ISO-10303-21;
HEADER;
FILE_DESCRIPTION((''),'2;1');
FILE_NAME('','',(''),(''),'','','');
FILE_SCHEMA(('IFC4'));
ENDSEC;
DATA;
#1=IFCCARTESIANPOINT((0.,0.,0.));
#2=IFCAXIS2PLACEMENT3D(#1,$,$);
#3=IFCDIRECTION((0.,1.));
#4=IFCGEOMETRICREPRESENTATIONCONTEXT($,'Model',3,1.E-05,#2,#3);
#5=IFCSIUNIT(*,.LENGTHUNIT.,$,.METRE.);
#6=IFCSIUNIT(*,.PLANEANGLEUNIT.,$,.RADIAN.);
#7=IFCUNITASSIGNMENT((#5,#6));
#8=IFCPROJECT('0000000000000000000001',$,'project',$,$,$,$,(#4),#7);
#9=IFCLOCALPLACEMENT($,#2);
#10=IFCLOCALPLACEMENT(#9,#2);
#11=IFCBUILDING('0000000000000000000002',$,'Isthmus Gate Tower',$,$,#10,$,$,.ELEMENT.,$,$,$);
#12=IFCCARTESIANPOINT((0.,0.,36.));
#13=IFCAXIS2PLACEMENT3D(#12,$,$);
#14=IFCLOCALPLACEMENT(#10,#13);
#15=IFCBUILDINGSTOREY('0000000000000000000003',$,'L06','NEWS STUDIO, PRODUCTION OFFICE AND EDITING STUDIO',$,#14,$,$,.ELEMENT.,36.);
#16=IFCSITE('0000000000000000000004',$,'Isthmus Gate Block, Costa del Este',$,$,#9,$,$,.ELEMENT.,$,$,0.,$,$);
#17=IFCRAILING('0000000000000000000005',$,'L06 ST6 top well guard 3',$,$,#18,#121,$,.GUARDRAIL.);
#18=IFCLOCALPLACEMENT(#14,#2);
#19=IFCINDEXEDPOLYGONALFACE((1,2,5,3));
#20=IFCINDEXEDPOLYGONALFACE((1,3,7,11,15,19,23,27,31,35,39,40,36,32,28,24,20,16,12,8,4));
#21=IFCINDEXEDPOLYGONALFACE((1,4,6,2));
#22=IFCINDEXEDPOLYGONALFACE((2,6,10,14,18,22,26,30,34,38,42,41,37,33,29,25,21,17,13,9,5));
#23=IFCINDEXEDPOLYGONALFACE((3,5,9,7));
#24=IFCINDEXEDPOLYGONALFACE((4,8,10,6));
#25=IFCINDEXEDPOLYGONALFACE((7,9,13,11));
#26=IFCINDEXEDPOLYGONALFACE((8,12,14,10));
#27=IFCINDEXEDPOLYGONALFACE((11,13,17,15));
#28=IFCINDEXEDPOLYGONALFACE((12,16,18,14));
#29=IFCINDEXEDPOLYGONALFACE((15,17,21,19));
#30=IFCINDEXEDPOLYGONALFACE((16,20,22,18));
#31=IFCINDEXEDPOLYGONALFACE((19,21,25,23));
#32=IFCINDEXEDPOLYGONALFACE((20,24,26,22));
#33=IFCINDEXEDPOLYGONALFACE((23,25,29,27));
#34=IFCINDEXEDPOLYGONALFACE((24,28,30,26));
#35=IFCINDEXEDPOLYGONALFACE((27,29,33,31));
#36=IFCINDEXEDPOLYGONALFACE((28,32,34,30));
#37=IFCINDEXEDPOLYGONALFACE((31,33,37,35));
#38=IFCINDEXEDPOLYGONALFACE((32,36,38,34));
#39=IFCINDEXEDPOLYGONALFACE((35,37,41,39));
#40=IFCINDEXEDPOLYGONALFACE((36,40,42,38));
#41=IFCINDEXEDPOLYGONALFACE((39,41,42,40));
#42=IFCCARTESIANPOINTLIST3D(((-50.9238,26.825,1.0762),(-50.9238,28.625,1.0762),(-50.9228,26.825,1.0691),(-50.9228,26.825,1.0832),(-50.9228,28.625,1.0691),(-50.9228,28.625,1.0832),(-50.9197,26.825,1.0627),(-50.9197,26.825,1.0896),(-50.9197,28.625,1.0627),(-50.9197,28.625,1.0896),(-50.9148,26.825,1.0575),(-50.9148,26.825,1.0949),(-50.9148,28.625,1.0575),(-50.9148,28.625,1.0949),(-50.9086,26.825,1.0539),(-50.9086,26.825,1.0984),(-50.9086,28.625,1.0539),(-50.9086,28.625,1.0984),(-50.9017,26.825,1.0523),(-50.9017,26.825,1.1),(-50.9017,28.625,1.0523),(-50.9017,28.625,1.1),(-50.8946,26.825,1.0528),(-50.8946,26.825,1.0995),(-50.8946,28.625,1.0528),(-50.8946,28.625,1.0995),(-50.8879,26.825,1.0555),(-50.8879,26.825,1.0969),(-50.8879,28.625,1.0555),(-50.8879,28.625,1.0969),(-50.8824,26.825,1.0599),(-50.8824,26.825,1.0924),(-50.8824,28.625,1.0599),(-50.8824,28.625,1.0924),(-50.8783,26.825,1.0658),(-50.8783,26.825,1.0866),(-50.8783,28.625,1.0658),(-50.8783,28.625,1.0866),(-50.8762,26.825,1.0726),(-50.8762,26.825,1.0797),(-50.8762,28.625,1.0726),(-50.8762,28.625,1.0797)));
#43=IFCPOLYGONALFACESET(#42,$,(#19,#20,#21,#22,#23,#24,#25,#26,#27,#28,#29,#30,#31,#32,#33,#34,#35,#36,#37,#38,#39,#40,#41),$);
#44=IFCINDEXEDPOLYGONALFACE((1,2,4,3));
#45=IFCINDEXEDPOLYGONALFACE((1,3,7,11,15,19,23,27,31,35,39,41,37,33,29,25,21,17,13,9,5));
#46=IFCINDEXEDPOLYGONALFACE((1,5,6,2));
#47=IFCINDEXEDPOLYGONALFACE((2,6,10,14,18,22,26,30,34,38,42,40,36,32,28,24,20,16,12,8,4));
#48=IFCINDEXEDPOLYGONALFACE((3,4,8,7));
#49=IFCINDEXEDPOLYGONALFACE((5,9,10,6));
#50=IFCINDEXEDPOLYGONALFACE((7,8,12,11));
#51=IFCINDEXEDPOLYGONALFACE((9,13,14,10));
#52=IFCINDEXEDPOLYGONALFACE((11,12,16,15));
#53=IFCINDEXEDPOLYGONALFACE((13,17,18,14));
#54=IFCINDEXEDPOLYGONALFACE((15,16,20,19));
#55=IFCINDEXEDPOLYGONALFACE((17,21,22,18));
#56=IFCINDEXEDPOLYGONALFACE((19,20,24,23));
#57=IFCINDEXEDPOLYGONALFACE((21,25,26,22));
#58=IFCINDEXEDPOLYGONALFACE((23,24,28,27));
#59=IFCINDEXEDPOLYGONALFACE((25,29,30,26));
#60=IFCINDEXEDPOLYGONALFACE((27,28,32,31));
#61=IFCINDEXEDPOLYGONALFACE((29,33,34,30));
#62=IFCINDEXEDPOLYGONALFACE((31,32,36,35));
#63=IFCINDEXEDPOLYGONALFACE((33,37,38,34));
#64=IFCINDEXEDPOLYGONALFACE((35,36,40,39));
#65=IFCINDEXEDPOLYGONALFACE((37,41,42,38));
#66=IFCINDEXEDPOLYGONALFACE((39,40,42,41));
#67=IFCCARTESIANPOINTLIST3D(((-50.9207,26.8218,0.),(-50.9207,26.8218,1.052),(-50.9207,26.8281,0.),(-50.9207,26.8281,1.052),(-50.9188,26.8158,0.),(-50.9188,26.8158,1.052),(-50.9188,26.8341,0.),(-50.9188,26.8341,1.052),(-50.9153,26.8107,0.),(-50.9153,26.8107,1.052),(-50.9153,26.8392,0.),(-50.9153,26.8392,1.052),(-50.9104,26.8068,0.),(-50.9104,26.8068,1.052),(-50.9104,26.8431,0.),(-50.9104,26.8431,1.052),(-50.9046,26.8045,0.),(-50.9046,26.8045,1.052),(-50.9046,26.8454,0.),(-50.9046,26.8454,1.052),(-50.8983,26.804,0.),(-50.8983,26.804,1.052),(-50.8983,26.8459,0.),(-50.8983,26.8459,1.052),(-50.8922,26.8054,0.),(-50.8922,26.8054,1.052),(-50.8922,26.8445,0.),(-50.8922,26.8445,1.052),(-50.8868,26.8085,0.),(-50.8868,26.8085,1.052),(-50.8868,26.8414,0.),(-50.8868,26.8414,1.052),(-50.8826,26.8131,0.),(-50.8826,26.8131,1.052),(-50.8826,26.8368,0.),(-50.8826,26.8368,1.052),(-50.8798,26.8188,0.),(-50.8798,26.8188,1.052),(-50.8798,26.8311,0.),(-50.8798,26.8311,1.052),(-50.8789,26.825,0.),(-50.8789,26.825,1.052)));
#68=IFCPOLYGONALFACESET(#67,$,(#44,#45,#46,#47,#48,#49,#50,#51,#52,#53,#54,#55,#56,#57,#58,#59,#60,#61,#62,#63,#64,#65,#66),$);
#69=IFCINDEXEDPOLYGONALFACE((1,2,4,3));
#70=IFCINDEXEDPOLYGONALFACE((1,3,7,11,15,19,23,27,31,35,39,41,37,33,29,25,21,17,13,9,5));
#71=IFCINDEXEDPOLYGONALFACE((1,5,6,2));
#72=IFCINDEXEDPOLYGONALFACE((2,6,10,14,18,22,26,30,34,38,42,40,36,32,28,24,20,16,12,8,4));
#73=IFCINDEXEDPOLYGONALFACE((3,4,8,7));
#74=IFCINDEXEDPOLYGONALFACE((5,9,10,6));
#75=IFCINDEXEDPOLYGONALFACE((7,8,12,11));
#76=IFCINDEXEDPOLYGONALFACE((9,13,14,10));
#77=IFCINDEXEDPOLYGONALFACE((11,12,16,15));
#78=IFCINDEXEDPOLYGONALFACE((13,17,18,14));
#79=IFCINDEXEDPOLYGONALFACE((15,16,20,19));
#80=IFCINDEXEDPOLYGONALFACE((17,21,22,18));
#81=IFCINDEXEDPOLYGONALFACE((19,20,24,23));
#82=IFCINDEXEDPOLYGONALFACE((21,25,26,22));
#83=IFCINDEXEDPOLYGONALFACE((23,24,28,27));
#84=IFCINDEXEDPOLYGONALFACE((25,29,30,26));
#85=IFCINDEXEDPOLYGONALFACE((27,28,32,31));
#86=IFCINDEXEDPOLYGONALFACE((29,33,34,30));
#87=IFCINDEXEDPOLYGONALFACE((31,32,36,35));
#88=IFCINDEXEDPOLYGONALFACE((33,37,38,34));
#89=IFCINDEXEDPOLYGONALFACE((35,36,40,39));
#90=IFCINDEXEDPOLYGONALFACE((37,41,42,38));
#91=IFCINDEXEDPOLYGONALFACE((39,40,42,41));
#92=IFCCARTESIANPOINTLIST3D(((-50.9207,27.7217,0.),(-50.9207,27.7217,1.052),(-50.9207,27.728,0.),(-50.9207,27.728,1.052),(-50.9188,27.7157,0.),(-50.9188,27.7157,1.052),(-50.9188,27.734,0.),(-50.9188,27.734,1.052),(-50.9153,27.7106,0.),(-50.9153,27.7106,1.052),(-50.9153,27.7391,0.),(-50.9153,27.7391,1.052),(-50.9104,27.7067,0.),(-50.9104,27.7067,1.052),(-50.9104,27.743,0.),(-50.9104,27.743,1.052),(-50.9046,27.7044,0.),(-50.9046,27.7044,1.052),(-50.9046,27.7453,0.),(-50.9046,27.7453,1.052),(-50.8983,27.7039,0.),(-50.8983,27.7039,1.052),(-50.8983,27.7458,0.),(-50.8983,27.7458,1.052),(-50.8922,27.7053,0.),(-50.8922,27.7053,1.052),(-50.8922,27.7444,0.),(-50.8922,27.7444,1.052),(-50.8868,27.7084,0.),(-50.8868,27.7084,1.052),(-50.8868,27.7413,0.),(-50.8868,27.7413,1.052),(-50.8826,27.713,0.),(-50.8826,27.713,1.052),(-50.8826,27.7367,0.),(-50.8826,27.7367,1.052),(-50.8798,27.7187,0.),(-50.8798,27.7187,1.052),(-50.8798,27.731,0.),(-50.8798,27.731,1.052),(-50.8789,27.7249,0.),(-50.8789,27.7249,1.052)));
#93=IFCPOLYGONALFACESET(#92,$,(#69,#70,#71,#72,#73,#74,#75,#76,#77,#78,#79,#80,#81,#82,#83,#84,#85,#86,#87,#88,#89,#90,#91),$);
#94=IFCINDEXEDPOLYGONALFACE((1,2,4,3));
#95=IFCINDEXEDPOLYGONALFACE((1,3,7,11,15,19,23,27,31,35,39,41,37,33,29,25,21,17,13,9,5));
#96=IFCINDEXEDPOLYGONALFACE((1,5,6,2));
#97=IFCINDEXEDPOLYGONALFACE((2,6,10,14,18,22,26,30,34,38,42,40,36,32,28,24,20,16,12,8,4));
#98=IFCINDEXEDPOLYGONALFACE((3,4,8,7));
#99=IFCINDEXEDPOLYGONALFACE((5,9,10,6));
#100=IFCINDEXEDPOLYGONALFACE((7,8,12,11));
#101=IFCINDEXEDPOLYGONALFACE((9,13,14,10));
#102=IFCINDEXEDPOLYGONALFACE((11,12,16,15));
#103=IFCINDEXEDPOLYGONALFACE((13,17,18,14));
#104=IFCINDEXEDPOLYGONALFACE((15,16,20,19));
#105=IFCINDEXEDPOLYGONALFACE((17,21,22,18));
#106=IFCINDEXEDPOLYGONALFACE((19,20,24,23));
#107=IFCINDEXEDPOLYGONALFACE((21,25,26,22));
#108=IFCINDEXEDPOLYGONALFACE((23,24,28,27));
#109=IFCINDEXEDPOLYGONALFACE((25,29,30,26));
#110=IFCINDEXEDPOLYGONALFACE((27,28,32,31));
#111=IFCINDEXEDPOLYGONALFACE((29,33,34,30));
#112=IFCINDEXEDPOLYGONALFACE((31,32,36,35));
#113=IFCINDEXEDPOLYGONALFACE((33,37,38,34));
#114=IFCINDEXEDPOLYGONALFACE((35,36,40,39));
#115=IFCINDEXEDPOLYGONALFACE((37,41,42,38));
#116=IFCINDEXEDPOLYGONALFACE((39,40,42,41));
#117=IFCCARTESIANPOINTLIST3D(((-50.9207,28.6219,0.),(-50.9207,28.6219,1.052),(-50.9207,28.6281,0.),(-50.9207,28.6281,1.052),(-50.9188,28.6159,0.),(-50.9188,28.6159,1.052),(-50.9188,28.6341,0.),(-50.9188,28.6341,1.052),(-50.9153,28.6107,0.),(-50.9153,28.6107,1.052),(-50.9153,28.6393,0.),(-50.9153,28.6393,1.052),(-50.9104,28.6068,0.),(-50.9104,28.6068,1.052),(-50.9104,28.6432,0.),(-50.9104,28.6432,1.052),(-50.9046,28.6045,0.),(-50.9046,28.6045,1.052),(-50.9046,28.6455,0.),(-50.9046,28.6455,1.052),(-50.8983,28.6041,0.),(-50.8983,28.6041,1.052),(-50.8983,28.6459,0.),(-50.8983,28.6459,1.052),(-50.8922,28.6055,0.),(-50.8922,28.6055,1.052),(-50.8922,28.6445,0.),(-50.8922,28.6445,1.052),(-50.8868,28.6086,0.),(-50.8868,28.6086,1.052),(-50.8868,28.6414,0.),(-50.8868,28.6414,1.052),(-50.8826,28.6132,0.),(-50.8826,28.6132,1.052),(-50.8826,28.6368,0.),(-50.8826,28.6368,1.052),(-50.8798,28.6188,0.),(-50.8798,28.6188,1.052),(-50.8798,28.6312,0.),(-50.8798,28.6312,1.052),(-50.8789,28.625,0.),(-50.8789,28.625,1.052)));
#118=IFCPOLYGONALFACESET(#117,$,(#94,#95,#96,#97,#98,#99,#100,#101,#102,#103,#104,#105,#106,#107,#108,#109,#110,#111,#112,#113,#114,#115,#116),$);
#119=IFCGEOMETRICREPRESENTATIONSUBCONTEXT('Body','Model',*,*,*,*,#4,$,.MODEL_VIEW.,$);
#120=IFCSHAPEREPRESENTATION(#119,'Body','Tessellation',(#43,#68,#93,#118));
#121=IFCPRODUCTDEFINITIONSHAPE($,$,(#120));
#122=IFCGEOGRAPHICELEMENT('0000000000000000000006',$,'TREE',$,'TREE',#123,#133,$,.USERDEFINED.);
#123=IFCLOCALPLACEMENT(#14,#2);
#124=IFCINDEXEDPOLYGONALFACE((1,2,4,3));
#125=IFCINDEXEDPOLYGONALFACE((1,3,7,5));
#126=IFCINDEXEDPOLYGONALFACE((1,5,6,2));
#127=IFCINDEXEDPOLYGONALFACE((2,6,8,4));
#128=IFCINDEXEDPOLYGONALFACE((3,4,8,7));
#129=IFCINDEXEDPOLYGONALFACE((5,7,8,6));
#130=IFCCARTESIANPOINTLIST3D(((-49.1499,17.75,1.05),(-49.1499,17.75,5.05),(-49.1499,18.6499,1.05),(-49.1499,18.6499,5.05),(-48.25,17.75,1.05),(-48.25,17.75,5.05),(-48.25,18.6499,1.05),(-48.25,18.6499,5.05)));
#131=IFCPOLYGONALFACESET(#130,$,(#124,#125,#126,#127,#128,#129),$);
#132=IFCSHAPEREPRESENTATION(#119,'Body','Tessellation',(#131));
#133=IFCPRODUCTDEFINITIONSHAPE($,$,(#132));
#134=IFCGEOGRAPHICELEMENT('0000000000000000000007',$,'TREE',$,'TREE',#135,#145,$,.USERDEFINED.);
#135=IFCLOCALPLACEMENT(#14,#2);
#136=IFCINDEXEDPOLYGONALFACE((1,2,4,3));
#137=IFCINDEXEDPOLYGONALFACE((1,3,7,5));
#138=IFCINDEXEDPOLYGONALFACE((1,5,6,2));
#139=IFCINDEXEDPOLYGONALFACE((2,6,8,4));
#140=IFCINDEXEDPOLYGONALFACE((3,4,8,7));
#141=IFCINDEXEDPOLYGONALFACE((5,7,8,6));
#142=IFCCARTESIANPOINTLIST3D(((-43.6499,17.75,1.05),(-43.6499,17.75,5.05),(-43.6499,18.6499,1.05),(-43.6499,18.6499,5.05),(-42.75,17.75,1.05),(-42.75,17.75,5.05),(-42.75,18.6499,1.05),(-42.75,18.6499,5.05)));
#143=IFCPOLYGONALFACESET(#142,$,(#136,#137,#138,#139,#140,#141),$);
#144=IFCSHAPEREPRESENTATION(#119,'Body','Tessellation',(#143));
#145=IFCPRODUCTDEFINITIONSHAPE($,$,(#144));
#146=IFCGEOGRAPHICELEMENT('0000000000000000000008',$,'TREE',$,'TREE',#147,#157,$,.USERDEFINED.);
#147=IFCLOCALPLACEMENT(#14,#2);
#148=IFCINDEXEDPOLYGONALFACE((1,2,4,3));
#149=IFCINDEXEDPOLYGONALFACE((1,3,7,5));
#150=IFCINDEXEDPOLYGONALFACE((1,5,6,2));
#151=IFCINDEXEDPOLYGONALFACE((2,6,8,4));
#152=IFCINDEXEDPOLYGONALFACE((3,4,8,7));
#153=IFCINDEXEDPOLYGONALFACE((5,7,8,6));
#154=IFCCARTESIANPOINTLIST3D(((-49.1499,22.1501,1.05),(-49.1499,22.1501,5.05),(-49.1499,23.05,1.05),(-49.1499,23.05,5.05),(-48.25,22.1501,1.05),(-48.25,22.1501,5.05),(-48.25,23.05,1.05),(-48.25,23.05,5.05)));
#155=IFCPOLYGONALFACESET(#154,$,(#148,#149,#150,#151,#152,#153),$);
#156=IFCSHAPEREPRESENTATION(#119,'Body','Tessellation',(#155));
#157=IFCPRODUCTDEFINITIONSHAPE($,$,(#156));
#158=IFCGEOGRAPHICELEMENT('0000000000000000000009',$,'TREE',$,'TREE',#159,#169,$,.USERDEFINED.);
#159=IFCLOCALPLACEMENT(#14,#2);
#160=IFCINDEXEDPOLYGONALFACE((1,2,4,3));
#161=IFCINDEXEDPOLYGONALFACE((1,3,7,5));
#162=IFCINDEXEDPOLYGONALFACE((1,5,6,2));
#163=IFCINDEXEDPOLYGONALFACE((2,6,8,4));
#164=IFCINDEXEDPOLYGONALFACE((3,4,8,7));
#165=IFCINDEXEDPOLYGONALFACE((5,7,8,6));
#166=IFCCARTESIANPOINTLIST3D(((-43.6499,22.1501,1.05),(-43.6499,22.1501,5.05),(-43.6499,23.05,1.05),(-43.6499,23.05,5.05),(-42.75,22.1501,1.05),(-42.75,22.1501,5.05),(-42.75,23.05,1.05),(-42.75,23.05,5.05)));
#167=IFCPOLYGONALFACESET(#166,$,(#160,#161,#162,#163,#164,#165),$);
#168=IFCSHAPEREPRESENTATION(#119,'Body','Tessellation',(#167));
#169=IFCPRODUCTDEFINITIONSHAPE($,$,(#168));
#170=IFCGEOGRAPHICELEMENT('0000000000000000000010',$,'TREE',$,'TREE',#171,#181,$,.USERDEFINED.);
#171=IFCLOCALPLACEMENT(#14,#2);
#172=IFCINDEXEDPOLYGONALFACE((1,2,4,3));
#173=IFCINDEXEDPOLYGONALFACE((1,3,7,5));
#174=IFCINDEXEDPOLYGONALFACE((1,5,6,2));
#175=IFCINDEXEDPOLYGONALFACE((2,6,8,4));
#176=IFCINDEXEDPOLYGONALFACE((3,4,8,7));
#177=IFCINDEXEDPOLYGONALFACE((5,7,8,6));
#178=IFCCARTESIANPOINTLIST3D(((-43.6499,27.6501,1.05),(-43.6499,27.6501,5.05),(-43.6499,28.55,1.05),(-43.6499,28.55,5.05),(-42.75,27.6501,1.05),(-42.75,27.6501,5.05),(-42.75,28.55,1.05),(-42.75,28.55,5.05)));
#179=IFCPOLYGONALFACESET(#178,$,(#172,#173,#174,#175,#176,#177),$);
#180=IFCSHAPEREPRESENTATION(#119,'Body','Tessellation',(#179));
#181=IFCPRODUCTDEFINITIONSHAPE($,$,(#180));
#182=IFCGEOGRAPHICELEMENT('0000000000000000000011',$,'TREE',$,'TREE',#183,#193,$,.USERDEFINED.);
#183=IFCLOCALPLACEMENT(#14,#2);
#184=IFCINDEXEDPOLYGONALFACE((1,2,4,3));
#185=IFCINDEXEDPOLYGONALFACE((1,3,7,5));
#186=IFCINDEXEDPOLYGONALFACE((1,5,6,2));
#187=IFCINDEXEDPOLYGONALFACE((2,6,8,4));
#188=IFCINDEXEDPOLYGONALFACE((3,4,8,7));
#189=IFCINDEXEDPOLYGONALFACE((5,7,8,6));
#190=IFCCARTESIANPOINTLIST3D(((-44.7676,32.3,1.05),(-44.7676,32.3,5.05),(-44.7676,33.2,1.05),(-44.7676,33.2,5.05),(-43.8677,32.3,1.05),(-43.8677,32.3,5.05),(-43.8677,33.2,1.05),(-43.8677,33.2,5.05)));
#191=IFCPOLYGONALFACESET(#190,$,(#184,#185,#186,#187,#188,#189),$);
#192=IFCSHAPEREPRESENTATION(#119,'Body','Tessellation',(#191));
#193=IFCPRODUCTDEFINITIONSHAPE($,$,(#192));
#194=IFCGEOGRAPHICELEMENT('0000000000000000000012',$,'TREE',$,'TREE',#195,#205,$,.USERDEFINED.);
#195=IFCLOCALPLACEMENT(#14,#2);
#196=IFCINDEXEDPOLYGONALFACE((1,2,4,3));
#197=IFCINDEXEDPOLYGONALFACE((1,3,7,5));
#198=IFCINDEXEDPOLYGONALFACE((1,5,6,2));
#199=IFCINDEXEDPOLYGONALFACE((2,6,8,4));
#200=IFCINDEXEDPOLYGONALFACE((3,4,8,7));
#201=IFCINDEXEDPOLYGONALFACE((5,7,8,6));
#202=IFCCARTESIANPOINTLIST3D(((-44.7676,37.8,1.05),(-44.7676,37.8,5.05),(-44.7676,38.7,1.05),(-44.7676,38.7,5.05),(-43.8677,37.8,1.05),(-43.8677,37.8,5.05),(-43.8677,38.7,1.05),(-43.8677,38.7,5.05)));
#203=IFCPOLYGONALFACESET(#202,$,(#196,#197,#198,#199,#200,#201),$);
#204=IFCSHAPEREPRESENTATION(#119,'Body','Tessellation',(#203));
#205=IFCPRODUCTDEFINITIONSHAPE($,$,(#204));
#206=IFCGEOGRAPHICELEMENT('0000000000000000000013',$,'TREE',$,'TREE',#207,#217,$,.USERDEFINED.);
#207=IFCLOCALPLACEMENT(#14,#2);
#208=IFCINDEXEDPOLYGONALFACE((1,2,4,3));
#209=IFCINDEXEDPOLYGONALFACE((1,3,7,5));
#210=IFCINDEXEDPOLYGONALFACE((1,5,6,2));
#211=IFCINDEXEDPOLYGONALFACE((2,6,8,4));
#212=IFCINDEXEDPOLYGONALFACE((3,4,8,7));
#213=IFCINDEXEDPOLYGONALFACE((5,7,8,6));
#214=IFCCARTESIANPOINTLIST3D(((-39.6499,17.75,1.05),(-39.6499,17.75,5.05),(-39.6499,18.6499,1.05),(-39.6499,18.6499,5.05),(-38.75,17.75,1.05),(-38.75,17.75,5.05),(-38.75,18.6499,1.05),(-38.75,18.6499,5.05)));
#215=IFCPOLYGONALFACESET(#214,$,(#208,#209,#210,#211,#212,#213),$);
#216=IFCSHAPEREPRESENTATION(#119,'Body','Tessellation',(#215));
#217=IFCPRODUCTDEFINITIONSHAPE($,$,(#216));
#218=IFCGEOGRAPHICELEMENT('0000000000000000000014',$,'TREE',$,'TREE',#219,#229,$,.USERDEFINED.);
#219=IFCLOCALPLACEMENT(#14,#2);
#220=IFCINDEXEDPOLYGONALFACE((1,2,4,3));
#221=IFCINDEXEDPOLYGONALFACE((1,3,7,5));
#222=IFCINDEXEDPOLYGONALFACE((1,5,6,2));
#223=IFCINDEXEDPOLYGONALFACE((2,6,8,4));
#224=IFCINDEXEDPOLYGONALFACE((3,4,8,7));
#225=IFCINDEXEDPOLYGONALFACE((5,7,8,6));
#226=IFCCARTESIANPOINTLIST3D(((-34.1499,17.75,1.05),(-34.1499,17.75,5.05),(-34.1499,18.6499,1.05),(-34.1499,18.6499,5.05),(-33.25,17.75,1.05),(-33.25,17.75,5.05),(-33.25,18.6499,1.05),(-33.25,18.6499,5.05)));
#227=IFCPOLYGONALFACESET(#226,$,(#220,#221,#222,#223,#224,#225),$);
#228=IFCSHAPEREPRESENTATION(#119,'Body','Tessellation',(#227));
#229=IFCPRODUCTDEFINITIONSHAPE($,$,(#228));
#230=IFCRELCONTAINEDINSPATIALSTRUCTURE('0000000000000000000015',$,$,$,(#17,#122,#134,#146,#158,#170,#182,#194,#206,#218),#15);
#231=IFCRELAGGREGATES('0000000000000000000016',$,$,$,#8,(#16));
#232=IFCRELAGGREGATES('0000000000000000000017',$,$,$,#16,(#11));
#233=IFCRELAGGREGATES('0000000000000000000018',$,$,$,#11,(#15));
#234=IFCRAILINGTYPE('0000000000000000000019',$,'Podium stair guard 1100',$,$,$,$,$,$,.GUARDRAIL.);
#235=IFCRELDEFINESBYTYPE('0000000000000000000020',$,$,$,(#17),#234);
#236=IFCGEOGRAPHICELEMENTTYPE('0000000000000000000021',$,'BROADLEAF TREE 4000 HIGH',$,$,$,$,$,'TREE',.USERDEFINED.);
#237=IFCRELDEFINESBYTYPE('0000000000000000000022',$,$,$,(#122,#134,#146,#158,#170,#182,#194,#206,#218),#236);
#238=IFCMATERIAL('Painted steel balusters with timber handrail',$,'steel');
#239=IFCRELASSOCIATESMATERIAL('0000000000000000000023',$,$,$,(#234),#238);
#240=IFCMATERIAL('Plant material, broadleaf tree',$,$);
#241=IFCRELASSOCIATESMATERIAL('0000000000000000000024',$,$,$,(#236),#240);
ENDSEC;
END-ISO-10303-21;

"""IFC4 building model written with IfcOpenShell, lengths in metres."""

from ifc_helpers import new_model, si_unit, direction, frame, origin, origin_2d, place, context, subcontext, project, spatial, rectangle, circle, extrude, material, type_object, element, save


model = new_model("IFC4")

# Units and contexts
model_context = context("Model", 3, precision=1e-05, world=origin(), true_north=direction((0.0, 1.0)))
body_context = subcontext(model_context, "Body", "Model", "MODEL_VIEW")
ifc_project = project(units=[si_unit("LENGTHUNIT", "METRE"), si_unit("PLANEANGLEUNIT", "RADIAN")], contexts=[model_context])

# Site, building, storey
site_placement = place(None, origin())
site = spatial("IfcSite", under=ifc_project, at=site_placement, Name="Isthmus Gate Block, Costa del Este", CompositionType="ELEMENT", RefElevation=0.0)
building_placement = place(site_placement, origin())
building = spatial("IfcBuilding", under=site, at=building_placement, Name="Isthmus Gate Tower", CompositionType="ELEMENT")
storey_placement = place(building_placement, frame((0.0, 0.0, 36.0)))
storey = spatial("IfcBuildingStorey", under=building, at=storey_placement, Name="L06", Description="NEWS STUDIO, PRODUCTION OFFICE AND EDITING STUDIO", CompositionType="ELEMENT", Elevation=36.0)

# Railing
ifc_material_1 = material(Name="Painted steel balusters with timber handrail", Category="steel")
railing_type_1 = type_object("IfcRailingType", Name="Podium stair guard 1100", PredefinedType="GUARDRAIL", material=ifc_material_1)
railing_1_placement = place(storey_placement, frame((-50.8999, 26.825, 0.0)))
element("IfcRailing", 1, at=railing_1_placement, inside=storey, type_object=railing_type_1, Name="L06 ST6 top well guard 3", PredefinedType="GUARDRAIL", context=body_context, shape_type="SweptSolid", body=[
    extrude(circle(Radius=0.0239, at=origin_2d()), frame((0.0, 0.0, 1.0762), z_axis=(0.0, 1.0, 0.0), x_axis=(-1.0, 0.0, 0.0)), (0.0, 0.0, 1.0), 1.8),
    extrude(circle(Radius=0.021, at=origin_2d()), origin(), (0.0, 0.0, 1.0), 1.052),
    extrude(circle(Radius=0.021, at=origin_2d()), frame((0.0, 0.8999, 0.0)), (0.0, 0.0, 1.0), 1.052),
    extrude(circle(Radius=0.021, at=origin_2d()), frame((0.0, 1.8, 0.0)), (0.0, 0.0, 1.0), 1.052),
])

# Geographic elements
ifc_material_2 = material(Name="Plant material, broadleaf tree")
geographic_element_type = type_object("IfcGeographicElementType", Name="BROADLEAF TREE 4000 HIGH", ElementType="TREE", PredefinedType="USERDEFINED", material=ifc_material_2)
for number, where, z_axis, x_axis, name in (
    (2, (-48.7, 18.2, 1.05), (0.0, 0.0, 1.0), (1.0, 0.0, 0.0), "TREE"),
    (3, (-43.2, 18.2, 1.05), (0.0, 0.0, 1.0), (1.0, 0.0, 0.0), "TREE"),
    (4, (-48.7, 22.6001, 1.05), (0.0, 0.0, 1.0), (1.0, 0.0, 0.0), "TREE"),
    (5, (-43.2, 22.6001, 1.05), (0.0, 0.0, 1.0), (1.0, 0.0, 0.0), "TREE"),
    (6, (-43.2, 28.1001, 1.05), (0.0, 0.0, 1.0), (1.0, 0.0, 0.0), "TREE"),
    (7, (-44.3176, 32.75, 1.05), (0.0, 0.0, 1.0), (1.0, 0.0, 0.0), "TREE"),
    (8, (-44.3176, 38.25, 1.05), (0.0, 0.0, 1.0), (1.0, 0.0, 0.0), "TREE"),
    (9, (-39.2, 18.2, 1.05), (0.0, 0.0, 1.0), (1.0, 0.0, 0.0), "TREE"),
    (10, (-33.7, 18.2, 1.05), (0.0, 0.0, 1.0), (1.0, 0.0, 0.0), "TREE"),
):
    element("IfcGeographicElement", number, at=place(storey_placement, frame(where, z_axis=z_axis, x_axis=x_axis)), inside=storey, type_object=geographic_element_type, Name=name, ObjectType="TREE", PredefinedType="USERDEFINED", context=body_context, shape_type="SweptSolid", body=[
        extrude(rectangle(XDim=0.8999, YDim=0.8999, at=origin_2d()), origin(), (0.0, 0.0, 1.0), 4.0),
    ])

save(model, "model.ifc")
